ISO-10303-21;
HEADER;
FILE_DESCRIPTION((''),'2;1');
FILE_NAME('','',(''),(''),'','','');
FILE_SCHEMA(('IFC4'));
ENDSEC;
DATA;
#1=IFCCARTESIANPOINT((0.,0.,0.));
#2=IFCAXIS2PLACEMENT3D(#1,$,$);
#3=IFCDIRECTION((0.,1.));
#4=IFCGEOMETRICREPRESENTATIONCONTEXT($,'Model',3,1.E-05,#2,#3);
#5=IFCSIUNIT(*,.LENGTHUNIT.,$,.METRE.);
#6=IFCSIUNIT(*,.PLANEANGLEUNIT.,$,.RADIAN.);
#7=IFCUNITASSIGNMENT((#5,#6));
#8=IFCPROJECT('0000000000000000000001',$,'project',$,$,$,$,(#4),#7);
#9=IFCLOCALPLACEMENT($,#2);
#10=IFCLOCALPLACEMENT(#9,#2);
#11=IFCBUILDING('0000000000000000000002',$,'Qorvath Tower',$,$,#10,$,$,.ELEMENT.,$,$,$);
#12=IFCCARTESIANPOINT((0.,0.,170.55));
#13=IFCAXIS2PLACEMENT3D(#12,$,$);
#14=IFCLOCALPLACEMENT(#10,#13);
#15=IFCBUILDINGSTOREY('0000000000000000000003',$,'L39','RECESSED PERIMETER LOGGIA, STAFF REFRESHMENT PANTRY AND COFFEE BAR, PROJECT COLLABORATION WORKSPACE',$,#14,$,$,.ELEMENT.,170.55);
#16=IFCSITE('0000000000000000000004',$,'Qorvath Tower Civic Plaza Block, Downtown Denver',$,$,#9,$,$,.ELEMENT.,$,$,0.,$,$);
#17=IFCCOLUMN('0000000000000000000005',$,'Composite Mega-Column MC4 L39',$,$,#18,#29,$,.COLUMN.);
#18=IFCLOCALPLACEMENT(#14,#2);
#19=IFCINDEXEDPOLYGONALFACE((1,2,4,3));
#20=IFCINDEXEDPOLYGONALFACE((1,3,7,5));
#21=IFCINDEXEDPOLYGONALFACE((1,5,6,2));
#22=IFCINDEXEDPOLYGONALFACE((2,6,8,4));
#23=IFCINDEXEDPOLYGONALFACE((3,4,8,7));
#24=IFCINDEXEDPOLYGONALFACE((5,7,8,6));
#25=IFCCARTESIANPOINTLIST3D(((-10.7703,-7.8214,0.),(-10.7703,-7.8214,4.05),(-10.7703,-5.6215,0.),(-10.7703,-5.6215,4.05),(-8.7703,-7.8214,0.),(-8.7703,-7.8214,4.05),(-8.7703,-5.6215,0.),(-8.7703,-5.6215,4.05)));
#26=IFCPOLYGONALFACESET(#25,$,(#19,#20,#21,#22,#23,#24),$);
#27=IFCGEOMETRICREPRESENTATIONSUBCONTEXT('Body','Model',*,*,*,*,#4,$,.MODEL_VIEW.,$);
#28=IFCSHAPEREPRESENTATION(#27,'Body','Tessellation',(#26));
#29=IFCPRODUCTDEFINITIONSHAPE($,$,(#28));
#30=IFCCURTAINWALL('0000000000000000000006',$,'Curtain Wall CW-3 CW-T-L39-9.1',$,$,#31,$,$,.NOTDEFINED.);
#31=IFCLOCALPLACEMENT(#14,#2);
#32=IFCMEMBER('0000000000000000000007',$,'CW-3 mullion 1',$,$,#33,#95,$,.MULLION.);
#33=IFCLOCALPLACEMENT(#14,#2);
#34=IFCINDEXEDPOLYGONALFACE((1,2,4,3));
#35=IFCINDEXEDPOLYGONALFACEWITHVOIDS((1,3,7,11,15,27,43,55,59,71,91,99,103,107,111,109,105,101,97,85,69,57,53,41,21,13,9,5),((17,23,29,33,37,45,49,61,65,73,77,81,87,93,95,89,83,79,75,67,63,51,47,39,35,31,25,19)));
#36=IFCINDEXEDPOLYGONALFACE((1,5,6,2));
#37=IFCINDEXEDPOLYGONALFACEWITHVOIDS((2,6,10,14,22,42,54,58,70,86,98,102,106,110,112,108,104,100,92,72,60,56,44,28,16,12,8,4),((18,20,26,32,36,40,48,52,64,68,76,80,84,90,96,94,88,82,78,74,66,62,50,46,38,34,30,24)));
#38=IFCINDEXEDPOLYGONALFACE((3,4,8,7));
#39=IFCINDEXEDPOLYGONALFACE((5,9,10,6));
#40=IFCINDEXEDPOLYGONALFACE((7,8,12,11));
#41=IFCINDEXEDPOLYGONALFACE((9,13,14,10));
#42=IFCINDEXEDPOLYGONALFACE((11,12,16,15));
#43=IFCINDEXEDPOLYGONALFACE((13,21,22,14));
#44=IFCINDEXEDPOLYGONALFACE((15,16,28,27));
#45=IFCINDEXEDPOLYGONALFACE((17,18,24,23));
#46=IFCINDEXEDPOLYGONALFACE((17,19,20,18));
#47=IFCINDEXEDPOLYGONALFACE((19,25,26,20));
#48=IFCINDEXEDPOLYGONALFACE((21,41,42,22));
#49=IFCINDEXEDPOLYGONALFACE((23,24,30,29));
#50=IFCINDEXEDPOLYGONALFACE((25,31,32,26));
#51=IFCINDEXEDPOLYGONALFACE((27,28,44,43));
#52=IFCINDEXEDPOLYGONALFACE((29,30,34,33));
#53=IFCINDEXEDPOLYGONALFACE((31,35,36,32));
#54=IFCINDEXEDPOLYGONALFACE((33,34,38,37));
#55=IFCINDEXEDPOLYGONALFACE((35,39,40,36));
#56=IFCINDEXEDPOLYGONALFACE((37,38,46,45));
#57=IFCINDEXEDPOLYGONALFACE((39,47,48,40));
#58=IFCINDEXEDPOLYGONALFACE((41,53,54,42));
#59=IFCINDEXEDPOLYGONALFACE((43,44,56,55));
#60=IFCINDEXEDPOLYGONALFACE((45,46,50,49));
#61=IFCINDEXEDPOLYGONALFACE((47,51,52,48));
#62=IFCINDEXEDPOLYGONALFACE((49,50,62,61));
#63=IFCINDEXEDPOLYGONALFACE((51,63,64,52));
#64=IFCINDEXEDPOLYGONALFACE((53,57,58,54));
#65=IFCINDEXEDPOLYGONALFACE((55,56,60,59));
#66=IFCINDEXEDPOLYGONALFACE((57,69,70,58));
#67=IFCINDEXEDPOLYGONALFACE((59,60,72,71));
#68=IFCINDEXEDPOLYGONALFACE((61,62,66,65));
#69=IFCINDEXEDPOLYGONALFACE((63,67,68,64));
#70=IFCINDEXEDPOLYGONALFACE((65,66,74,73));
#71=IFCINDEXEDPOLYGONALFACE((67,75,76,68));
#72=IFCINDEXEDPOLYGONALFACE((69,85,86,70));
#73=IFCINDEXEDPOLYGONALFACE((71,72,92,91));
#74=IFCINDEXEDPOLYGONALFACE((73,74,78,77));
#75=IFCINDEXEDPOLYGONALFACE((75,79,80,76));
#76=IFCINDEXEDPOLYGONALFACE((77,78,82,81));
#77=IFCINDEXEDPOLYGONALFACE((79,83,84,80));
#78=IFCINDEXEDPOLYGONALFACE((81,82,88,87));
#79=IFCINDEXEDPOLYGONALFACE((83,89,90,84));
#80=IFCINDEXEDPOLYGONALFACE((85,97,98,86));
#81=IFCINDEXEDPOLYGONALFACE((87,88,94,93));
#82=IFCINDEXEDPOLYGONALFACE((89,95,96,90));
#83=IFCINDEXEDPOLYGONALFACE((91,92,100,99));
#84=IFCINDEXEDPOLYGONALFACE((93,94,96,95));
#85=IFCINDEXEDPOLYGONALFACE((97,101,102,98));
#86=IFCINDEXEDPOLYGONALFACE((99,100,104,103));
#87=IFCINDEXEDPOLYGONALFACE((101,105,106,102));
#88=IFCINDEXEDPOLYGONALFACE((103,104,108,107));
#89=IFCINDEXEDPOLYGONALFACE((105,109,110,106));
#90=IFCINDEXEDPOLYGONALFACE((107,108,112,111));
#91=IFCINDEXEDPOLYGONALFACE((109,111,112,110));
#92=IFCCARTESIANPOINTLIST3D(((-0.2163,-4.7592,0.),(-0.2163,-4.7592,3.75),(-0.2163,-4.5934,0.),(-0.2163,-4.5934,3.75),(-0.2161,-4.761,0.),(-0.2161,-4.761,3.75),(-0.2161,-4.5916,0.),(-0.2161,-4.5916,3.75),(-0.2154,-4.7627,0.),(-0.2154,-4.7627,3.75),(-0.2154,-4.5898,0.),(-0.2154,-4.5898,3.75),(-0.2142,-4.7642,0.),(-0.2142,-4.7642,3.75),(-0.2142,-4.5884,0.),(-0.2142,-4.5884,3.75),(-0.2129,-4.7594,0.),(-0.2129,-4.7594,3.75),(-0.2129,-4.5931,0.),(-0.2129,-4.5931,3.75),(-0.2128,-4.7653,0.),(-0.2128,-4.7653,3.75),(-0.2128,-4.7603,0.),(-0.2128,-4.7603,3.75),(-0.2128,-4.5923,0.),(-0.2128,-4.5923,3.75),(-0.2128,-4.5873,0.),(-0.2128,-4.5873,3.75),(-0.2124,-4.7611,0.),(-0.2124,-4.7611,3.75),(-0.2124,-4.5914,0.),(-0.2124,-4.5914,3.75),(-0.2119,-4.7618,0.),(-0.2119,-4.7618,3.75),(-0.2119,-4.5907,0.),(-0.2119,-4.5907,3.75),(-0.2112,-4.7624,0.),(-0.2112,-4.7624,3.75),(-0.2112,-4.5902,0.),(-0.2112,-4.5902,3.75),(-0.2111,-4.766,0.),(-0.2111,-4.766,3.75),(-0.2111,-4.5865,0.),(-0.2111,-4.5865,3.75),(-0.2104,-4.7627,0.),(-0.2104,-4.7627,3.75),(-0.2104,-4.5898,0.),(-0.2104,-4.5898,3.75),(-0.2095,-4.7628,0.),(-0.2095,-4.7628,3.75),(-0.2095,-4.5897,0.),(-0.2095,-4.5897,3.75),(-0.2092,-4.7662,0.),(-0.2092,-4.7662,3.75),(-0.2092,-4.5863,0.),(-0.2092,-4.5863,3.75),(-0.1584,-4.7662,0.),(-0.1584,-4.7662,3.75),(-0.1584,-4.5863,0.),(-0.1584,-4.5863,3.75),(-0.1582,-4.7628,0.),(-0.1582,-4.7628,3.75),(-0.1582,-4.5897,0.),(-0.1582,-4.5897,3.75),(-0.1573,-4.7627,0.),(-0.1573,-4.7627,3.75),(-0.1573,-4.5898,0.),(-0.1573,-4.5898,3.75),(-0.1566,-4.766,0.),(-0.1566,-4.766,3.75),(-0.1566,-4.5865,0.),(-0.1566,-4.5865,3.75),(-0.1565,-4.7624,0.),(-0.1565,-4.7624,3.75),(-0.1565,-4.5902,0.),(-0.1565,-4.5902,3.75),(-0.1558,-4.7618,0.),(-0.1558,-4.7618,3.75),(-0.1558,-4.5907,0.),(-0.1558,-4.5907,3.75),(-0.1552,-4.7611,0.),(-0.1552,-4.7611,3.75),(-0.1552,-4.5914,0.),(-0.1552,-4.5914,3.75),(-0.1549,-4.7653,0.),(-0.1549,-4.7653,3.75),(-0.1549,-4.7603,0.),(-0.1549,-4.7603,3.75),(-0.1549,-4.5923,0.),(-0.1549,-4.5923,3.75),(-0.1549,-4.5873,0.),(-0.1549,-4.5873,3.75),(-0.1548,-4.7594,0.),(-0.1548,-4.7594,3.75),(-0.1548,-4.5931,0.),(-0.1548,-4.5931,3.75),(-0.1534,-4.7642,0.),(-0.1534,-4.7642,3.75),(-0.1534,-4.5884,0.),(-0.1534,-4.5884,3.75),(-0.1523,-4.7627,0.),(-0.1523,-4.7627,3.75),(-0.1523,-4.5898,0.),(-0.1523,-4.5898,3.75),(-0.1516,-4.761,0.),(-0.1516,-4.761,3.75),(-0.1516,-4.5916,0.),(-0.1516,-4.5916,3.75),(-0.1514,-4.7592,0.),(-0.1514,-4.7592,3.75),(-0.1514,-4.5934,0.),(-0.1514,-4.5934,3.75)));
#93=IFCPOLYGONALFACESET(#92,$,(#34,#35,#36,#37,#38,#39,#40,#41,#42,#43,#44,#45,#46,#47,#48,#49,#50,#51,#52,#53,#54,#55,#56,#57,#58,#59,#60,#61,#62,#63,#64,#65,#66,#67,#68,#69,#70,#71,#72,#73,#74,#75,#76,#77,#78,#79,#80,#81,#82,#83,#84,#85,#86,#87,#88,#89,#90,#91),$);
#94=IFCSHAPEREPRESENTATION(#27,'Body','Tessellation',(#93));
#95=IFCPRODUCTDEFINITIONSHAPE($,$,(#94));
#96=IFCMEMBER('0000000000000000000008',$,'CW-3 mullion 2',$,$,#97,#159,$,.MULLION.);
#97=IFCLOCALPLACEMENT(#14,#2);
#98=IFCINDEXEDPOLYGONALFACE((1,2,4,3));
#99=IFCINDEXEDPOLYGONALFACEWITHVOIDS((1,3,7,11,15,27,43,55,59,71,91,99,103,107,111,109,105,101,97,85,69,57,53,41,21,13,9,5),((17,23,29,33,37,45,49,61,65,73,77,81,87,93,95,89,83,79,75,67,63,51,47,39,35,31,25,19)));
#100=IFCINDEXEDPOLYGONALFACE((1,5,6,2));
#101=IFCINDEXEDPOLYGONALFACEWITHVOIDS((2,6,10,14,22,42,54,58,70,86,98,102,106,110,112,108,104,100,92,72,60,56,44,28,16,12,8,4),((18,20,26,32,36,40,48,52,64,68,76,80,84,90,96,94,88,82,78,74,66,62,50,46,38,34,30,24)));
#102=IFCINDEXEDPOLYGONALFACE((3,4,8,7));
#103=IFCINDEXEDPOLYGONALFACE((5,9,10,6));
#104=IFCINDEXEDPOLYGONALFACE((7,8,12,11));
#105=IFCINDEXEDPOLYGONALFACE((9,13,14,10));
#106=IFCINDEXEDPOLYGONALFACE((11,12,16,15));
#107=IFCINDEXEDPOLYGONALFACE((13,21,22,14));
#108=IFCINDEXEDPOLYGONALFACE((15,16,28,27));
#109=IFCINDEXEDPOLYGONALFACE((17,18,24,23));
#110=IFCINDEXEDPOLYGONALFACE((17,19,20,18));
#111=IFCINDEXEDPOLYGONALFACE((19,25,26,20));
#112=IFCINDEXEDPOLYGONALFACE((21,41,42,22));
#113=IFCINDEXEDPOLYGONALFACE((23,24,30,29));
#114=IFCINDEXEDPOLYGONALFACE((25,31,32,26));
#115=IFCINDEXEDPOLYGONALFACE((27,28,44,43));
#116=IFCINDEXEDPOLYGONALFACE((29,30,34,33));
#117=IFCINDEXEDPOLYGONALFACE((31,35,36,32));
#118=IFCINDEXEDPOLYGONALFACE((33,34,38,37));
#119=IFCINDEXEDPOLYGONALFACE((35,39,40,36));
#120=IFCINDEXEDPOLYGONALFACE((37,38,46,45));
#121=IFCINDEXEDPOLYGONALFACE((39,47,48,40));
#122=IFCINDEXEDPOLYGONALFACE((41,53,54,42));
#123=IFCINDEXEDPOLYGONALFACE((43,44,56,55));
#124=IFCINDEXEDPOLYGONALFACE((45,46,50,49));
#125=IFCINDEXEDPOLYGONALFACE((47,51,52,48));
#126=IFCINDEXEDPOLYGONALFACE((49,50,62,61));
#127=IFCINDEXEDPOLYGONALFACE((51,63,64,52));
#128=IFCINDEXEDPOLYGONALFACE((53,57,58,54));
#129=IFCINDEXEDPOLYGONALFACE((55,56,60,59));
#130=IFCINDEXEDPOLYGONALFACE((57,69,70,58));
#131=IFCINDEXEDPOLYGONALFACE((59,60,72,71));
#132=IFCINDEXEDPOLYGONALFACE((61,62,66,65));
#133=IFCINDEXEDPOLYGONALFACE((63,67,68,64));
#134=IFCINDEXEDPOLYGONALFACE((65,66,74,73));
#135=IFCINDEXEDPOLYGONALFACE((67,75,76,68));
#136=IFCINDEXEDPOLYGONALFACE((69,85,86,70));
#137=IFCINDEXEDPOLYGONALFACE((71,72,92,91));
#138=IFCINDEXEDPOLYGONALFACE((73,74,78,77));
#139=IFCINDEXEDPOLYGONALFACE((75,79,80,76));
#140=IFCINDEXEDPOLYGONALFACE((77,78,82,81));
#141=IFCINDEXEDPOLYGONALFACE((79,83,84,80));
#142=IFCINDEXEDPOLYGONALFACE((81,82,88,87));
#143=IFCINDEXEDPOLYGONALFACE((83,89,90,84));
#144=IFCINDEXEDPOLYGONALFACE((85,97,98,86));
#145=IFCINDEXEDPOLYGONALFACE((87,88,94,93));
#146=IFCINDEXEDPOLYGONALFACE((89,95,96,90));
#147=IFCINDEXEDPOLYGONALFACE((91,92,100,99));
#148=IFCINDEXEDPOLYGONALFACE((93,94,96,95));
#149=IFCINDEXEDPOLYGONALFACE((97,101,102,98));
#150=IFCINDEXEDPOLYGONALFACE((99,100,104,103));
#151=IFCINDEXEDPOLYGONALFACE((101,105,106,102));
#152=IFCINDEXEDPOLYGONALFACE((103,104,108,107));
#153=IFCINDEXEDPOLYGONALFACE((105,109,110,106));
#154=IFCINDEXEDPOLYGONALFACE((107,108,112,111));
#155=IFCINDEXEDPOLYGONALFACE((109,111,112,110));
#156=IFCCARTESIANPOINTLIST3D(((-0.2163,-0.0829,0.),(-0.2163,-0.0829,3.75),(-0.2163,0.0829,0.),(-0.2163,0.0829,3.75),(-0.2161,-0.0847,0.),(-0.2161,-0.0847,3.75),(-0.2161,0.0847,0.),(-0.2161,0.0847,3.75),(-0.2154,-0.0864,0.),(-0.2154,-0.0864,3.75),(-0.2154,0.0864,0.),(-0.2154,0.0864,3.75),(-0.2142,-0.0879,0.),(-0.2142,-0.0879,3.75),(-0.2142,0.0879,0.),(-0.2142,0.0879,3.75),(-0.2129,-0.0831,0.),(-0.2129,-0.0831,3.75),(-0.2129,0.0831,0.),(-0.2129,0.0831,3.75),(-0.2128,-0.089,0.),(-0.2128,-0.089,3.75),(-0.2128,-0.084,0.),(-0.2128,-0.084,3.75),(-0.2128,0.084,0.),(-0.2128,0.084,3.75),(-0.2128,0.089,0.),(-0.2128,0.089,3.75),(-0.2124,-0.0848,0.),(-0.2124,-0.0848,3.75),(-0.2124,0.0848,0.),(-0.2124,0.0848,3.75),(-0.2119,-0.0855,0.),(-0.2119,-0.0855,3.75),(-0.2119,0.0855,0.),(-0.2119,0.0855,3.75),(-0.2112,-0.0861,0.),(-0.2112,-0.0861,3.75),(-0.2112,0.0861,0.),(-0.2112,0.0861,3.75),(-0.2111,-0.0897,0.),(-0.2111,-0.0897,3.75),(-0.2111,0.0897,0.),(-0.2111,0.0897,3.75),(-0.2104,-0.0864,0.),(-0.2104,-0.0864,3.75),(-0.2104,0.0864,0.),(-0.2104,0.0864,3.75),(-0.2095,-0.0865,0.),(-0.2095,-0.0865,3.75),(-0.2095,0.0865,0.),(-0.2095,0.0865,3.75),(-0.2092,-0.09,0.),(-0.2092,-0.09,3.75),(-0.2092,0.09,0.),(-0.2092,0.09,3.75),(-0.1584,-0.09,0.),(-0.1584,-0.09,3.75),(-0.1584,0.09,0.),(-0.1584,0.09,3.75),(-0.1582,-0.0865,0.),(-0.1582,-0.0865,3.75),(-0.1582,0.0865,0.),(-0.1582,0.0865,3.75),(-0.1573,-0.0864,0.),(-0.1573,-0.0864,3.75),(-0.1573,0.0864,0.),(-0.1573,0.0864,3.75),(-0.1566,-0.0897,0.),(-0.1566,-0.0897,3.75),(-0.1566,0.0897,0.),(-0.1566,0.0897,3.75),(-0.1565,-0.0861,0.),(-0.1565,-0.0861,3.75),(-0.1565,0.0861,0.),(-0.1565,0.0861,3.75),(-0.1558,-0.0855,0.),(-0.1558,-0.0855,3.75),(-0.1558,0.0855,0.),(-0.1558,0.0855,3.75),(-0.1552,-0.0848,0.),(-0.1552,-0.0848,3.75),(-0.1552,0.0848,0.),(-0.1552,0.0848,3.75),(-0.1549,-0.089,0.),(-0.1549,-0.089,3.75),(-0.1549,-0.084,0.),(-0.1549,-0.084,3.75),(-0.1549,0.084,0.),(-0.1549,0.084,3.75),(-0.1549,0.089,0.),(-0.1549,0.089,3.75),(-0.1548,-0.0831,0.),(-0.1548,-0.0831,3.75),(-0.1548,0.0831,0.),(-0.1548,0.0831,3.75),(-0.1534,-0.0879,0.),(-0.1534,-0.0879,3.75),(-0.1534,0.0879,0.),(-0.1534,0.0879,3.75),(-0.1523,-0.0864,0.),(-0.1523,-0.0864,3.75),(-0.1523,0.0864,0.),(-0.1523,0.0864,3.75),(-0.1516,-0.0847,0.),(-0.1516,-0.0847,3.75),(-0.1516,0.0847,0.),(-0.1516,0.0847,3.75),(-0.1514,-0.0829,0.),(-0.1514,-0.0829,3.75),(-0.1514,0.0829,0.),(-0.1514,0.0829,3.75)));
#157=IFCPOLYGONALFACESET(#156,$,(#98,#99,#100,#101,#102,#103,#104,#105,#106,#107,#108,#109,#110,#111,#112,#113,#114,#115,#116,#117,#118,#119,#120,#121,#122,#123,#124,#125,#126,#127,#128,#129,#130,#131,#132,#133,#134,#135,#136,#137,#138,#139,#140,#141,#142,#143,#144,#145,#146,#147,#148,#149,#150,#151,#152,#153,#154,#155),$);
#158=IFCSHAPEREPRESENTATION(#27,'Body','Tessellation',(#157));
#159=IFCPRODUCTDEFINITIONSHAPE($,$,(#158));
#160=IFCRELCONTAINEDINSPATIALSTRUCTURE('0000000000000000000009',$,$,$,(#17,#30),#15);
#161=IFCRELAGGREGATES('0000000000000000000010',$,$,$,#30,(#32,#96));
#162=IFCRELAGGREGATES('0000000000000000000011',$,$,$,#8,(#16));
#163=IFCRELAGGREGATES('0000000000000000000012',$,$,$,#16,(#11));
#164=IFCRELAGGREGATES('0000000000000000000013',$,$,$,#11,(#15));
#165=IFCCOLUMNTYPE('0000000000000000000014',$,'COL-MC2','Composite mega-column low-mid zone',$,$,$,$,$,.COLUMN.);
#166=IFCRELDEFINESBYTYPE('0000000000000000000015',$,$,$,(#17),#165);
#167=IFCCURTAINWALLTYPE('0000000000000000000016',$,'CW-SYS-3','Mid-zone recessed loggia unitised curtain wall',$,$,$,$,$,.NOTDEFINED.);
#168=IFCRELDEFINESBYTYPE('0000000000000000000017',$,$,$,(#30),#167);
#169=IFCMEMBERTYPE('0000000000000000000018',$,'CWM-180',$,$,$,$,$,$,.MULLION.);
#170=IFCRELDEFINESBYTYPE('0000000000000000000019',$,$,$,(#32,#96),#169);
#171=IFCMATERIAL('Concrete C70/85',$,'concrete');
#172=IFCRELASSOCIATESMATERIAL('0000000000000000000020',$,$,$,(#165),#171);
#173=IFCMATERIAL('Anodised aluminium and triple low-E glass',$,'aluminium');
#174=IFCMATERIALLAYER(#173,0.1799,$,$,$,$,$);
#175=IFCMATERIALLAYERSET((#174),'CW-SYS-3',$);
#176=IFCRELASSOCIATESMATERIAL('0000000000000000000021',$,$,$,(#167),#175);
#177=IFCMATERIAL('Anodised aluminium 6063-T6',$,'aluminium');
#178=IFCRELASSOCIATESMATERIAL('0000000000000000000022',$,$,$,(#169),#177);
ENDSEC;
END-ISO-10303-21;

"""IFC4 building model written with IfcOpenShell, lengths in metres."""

from ifc_helpers import new_model, si_unit, direction, frame, origin, origin_2d, place, context, subcontext, project, spatial, rectangle, hollow_rectangle, extrude, material, layer, layer_set, material_profile, profile_set, type_object, element, aggregate, save


model = new_model("IFC4")

# Units and contexts
model_context = context("Model", 3, precision=1e-05, world=origin(), true_north=direction((0.0, 1.0)))
body_context = subcontext(model_context, "Body", "Model", "MODEL_VIEW")
ifc_project = project(units=[si_unit("LENGTHUNIT", "METRE"), si_unit("PLANEANGLEUNIT", "RADIAN")], contexts=[model_context])

# Site, building, storey
site_placement = place(None, origin())
site = spatial("IfcSite", under=ifc_project, at=site_placement, Name="Qorvath Tower Civic Plaza Block, Downtown Denver", CompositionType="ELEMENT", RefElevation=0.0)
building_placement = place(site_placement, origin())
building = spatial("IfcBuilding", under=site, at=building_placement, Name="Qorvath Tower", CompositionType="ELEMENT")
storey_placement = place(building_placement, frame((0.0, 0.0, 170.55)))
storey = spatial("IfcBuildingStorey", under=building, at=storey_placement, Name="L39", Description="RECESSED PERIMETER LOGGIA, STAFF REFRESHMENT PANTRY AND COFFEE BAR, PROJECT COLLABORATION WORKSPACE", CompositionType="ELEMENT", Elevation=170.55)

# Column
ifc_material_1 = material(Name="Concrete C70/85", Category="concrete")
ifc_material_profile_1 = material_profile(ifc_material_1, rectangle(XDim=2.0, YDim=2.2, at=origin_2d()), Name="MC 2200x2000")
ifc_profile_set_1 = profile_set([ifc_material_profile_1], Name="Concrete C70/85")
column_type = type_object("IfcColumnType", Name="COL-MC2", Description="Composite mega-column low-mid zone", PredefinedType="COLUMN", material=ifc_profile_set_1)
column_placement = place(storey_placement, frame((-9.7703, -6.7214, 0.0), z_axis=(0.0, 0.0, 1.0), x_axis=(1.0, 0.0, 0.0)))
element("IfcColumn", 1, at=column_placement, inside=storey, type_object=column_type, Name="Composite Mega-Column MC4 L39", PredefinedType="COLUMN", context=body_context, shape_type="SweptSolid", body=[
    extrude(rectangle(XDim=2.0, YDim=2.2, at=origin_2d()), origin(), (0.0, 0.0, 1.0), 4.05),
])

# Curtain wall, members
ifc_material_2 = material(Name="Anodised aluminium and triple low-E glass", Category="aluminium")
ifc_layer_1 = layer(ifc_material_2, 0.1799)
ifc_layer_set_1 = layer_set([ifc_layer_1], Name="CW-SYS-3")
curtain_wall_type = type_object("IfcCurtainWallType", Name="CW-SYS-3", Description="Mid-zone recessed loggia unitised curtain wall", PredefinedType="NOTDEFINED", material=ifc_layer_set_1)
curtain_wall_placement = place(storey_placement, origin())
curtain_wall = element("IfcCurtainWall", 2, at=curtain_wall_placement, inside=storey, type_object=curtain_wall_type, Name="Curtain Wall CW-3 CW-T-L39-9.1", PredefinedType="NOTDEFINED")
ifc_material_3 = material(Name="Anodised aluminium 6063-T6", Category="aluminium")
ifc_material_profile_2 = material_profile(ifc_material_3, hollow_rectangle(XDim=0.0649, YDim=0.1799, WallThickness=0.0034, InnerFilletRadius=0.0034, OuterFilletRadius=0.0071, at=origin_2d()), Name="CWM 180x65")
ifc_profile_set_2 = profile_set([ifc_material_profile_2], Name="Anodised aluminium 6063-T6")
member_type_1 = type_object("IfcMemberType", Name="CWM-180", PredefinedType="MULLION", material=ifc_profile_set_2)
member_1_placement = place(storey_placement, frame((-0.1838, -4.6763, 0.0), z_axis=(0.0, 0.0, 1.0), x_axis=(-1.0, 0.0, 0.0)))
member_1 = element("IfcMember", 3, at=member_1_placement, type_object=member_type_1, Name="CW-3 mullion 1", PredefinedType="MULLION", context=body_context, shape_type="SweptSolid", body=[
    extrude(hollow_rectangle(XDim=0.0649, YDim=0.1799, WallThickness=0.0034, InnerFilletRadius=0.0034, OuterFilletRadius=0.0071, at=origin_2d()), origin(), (0.0, 0.0, 1.0), 3.75),
])
member_2_placement = place(storey_placement, frame((-0.1838, 0.0, 0.0), z_axis=(0.0, 0.0, 1.0), x_axis=(-1.0, 0.0, 0.0)))
member_2 = element("IfcMember", 4, at=member_2_placement, type_object=member_type_1, Name="CW-3 mullion 2", PredefinedType="MULLION", context=body_context, shape_type="SweptSolid", body=[
    extrude(hollow_rectangle(XDim=0.0649, YDim=0.1799, WallThickness=0.0034, InnerFilletRadius=0.0034, OuterFilletRadius=0.0071, at=origin_2d()), origin(), (0.0, 0.0, 1.0), 3.75),
])
aggregate(curtain_wall, [member_1, member_2])

save(model, "model.ifc")
